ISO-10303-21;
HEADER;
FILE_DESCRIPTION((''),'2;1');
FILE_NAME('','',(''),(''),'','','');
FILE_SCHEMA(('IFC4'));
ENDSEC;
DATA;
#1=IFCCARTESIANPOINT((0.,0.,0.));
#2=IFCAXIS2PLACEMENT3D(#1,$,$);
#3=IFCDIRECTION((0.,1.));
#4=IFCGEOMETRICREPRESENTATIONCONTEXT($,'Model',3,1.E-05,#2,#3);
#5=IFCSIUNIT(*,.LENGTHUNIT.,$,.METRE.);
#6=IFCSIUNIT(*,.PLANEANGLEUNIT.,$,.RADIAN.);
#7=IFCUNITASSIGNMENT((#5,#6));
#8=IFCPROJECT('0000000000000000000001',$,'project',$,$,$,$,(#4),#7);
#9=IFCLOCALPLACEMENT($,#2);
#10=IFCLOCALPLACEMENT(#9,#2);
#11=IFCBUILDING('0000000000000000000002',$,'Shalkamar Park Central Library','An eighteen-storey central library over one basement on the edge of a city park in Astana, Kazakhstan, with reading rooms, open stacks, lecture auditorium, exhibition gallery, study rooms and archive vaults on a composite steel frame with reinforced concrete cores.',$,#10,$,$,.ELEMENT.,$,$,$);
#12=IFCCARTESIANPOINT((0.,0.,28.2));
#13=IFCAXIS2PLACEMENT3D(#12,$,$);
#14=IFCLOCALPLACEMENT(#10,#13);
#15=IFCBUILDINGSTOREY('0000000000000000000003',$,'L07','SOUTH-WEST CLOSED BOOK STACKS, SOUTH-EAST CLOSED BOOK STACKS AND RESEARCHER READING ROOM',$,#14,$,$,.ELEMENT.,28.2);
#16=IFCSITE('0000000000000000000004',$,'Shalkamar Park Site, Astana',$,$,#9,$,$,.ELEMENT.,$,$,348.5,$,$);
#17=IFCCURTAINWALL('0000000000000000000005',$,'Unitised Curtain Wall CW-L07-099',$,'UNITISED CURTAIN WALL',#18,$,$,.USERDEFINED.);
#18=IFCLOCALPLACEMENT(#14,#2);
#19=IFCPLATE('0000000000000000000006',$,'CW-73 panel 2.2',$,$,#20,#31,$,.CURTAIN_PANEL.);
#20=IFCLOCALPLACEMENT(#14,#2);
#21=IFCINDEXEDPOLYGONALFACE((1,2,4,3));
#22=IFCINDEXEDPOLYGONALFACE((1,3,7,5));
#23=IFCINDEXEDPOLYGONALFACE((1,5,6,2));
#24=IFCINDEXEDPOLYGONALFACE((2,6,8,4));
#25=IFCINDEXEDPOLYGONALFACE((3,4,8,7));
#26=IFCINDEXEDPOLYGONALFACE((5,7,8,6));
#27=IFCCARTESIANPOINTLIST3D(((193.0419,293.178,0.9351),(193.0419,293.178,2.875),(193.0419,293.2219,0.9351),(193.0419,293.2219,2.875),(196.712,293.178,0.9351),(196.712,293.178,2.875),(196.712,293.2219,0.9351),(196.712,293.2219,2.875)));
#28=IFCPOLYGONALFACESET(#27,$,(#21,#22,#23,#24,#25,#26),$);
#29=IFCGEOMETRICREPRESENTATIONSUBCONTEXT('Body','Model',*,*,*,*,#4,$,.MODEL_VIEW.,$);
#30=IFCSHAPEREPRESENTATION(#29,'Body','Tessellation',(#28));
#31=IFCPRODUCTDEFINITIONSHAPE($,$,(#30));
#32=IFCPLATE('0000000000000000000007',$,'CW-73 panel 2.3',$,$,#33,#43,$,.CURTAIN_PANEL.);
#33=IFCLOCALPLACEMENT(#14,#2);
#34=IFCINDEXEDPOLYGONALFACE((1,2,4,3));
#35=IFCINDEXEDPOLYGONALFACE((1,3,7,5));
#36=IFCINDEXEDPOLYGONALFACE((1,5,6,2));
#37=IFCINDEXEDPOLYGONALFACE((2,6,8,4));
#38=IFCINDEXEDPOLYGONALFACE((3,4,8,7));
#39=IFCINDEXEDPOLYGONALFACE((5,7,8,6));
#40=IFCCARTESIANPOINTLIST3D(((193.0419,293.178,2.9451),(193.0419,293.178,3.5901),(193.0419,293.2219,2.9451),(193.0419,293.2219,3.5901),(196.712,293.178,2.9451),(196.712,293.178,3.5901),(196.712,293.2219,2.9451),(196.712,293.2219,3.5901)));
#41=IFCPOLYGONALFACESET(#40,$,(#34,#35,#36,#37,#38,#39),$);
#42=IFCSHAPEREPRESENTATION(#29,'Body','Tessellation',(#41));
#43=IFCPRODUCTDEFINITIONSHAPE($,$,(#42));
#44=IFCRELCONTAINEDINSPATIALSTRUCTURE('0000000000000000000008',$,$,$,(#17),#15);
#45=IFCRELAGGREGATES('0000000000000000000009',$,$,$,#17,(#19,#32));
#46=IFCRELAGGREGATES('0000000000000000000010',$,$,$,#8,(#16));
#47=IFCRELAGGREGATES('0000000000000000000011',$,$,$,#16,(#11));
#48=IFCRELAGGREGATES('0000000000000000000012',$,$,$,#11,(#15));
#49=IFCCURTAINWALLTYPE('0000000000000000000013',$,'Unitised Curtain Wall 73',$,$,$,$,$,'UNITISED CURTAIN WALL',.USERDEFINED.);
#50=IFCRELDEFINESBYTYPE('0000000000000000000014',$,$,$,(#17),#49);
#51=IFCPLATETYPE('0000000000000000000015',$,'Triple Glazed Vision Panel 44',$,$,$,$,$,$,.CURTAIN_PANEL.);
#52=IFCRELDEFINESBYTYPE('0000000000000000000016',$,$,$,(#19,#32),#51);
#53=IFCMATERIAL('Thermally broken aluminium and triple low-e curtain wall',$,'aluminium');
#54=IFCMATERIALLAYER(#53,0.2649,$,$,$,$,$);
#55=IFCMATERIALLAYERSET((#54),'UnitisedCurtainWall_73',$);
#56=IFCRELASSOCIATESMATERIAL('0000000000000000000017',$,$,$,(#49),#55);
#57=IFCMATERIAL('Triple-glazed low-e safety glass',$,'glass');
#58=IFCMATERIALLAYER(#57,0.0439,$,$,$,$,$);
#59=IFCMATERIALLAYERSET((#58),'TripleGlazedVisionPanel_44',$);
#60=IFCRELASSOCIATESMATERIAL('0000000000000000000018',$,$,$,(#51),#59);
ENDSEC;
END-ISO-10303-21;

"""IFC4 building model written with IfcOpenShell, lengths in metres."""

from ifc_helpers import new_model, si_unit, direction, frame, origin, origin_2d, place, context, subcontext, project, spatial, rectangle, extrude, material, layer, layer_set, type_object, element, aggregate, save


model = new_model("IFC4")

# Units and contexts
model_context = context("Model", 3, precision=1e-05, world=origin(), true_north=direction((0.0, 1.0)))
body_context = subcontext(model_context, "Body", "Model", "MODEL_VIEW")
ifc_project = project(units=[si_unit("LENGTHUNIT", "METRE"), si_unit("PLANEANGLEUNIT", "RADIAN")], contexts=[model_context])

# Site, building, storey
site_placement = place(None, origin())
site = spatial("IfcSite", under=ifc_project, at=site_placement, Name="Shalkamar Park Site, Astana", CompositionType="ELEMENT", RefElevation=348.5)
building_placement = place(site_placement, origin())
building = spatial("IfcBuilding", under=site, at=building_placement, Name="Shalkamar Park Central Library", Description="An eighteen-storey central library over one basement on the edge of a city park in Astana, Kazakhstan, with reading rooms, open stacks, lecture auditorium, exhibition gallery, study rooms and archive vaults on a composite steel frame with reinforced concrete cores.", CompositionType="ELEMENT")
storey_placement = place(building_placement, frame((0.0, 0.0, 28.2)))
storey = spatial("IfcBuildingStorey", under=building, at=storey_placement, Name="L07", Description="SOUTH-WEST CLOSED BOOK STACKS, SOUTH-EAST CLOSED BOOK STACKS AND RESEARCHER READING ROOM", CompositionType="ELEMENT", Elevation=28.2)

# Curtain wall
ifc_material_1 = material(Name="Thermally broken aluminium and triple low-e curtain wall", Category="aluminium")
ifc_layer_1 = layer(ifc_material_1, 0.2649)
ifc_layer_set_1 = layer_set([ifc_layer_1], Name="UnitisedCurtainWall_73")
curtain_wall_type_1 = type_object("IfcCurtainWallType", Name="Unitised Curtain Wall 73", ElementType="UNITISED CURTAIN WALL", PredefinedType="USERDEFINED", material=ifc_layer_set_1)
curtain_wall_1_placement = place(storey_placement, origin())
curtain_wall_1 = element("IfcCurtainWall", 1, at=curtain_wall_1_placement, inside=storey, type_object=curtain_wall_type_1, Name="Unitised Curtain Wall CW-L07-099", ObjectType="UNITISED CURTAIN WALL", PredefinedType="USERDEFINED")

# Plates
ifc_material_2 = material(Name="Triple-glazed low-e safety glass", Category="glass")
ifc_layer_2 = layer(ifc_material_2, 0.0439)
ifc_layer_set_2 = layer_set([ifc_layer_2], Name="TripleGlazedVisionPanel_44")
plate_type_1 = type_object("IfcPlateType", Name="Triple Glazed Vision Panel 44", PredefinedType="CURTAIN_PANEL", material=ifc_layer_set_2)
plate_1_placement = place(storey_placement, frame((194.877, 293.2, 0.9351), z_axis=(0.0, 0.0, 1.0), x_axis=(1.0, 0.0, 0.0)))
plate_1 = element("IfcPlate", 2, at=plate_1_placement, type_object=plate_type_1, Name="CW-73 panel 2.2", PredefinedType="CURTAIN_PANEL", context=body_context, shape_type="SweptSolid", body=[
    extrude(rectangle(XDim=3.6702, YDim=0.0439, at=origin_2d()), origin(), (0.0, 0.0, 1.0), 1.9399),
])
plate_2_placement = place(storey_placement, frame((194.877, 293.2, 2.9451), z_axis=(0.0, 0.0, 1.0), x_axis=(1.0, 0.0, 0.0)))
plate_2 = element("IfcPlate", 3, at=plate_2_placement, type_object=plate_type_1, Name="CW-73 panel 2.3", PredefinedType="CURTAIN_PANEL", context=body_context, shape_type="SweptSolid", body=[
    extrude(rectangle(XDim=3.6702, YDim=0.0439, at=origin_2d()), origin(), (0.0, 0.0, 1.0), 0.645),
])
aggregate(curtain_wall_1, [plate_1, plate_2])

save(model, "model.ifc")
